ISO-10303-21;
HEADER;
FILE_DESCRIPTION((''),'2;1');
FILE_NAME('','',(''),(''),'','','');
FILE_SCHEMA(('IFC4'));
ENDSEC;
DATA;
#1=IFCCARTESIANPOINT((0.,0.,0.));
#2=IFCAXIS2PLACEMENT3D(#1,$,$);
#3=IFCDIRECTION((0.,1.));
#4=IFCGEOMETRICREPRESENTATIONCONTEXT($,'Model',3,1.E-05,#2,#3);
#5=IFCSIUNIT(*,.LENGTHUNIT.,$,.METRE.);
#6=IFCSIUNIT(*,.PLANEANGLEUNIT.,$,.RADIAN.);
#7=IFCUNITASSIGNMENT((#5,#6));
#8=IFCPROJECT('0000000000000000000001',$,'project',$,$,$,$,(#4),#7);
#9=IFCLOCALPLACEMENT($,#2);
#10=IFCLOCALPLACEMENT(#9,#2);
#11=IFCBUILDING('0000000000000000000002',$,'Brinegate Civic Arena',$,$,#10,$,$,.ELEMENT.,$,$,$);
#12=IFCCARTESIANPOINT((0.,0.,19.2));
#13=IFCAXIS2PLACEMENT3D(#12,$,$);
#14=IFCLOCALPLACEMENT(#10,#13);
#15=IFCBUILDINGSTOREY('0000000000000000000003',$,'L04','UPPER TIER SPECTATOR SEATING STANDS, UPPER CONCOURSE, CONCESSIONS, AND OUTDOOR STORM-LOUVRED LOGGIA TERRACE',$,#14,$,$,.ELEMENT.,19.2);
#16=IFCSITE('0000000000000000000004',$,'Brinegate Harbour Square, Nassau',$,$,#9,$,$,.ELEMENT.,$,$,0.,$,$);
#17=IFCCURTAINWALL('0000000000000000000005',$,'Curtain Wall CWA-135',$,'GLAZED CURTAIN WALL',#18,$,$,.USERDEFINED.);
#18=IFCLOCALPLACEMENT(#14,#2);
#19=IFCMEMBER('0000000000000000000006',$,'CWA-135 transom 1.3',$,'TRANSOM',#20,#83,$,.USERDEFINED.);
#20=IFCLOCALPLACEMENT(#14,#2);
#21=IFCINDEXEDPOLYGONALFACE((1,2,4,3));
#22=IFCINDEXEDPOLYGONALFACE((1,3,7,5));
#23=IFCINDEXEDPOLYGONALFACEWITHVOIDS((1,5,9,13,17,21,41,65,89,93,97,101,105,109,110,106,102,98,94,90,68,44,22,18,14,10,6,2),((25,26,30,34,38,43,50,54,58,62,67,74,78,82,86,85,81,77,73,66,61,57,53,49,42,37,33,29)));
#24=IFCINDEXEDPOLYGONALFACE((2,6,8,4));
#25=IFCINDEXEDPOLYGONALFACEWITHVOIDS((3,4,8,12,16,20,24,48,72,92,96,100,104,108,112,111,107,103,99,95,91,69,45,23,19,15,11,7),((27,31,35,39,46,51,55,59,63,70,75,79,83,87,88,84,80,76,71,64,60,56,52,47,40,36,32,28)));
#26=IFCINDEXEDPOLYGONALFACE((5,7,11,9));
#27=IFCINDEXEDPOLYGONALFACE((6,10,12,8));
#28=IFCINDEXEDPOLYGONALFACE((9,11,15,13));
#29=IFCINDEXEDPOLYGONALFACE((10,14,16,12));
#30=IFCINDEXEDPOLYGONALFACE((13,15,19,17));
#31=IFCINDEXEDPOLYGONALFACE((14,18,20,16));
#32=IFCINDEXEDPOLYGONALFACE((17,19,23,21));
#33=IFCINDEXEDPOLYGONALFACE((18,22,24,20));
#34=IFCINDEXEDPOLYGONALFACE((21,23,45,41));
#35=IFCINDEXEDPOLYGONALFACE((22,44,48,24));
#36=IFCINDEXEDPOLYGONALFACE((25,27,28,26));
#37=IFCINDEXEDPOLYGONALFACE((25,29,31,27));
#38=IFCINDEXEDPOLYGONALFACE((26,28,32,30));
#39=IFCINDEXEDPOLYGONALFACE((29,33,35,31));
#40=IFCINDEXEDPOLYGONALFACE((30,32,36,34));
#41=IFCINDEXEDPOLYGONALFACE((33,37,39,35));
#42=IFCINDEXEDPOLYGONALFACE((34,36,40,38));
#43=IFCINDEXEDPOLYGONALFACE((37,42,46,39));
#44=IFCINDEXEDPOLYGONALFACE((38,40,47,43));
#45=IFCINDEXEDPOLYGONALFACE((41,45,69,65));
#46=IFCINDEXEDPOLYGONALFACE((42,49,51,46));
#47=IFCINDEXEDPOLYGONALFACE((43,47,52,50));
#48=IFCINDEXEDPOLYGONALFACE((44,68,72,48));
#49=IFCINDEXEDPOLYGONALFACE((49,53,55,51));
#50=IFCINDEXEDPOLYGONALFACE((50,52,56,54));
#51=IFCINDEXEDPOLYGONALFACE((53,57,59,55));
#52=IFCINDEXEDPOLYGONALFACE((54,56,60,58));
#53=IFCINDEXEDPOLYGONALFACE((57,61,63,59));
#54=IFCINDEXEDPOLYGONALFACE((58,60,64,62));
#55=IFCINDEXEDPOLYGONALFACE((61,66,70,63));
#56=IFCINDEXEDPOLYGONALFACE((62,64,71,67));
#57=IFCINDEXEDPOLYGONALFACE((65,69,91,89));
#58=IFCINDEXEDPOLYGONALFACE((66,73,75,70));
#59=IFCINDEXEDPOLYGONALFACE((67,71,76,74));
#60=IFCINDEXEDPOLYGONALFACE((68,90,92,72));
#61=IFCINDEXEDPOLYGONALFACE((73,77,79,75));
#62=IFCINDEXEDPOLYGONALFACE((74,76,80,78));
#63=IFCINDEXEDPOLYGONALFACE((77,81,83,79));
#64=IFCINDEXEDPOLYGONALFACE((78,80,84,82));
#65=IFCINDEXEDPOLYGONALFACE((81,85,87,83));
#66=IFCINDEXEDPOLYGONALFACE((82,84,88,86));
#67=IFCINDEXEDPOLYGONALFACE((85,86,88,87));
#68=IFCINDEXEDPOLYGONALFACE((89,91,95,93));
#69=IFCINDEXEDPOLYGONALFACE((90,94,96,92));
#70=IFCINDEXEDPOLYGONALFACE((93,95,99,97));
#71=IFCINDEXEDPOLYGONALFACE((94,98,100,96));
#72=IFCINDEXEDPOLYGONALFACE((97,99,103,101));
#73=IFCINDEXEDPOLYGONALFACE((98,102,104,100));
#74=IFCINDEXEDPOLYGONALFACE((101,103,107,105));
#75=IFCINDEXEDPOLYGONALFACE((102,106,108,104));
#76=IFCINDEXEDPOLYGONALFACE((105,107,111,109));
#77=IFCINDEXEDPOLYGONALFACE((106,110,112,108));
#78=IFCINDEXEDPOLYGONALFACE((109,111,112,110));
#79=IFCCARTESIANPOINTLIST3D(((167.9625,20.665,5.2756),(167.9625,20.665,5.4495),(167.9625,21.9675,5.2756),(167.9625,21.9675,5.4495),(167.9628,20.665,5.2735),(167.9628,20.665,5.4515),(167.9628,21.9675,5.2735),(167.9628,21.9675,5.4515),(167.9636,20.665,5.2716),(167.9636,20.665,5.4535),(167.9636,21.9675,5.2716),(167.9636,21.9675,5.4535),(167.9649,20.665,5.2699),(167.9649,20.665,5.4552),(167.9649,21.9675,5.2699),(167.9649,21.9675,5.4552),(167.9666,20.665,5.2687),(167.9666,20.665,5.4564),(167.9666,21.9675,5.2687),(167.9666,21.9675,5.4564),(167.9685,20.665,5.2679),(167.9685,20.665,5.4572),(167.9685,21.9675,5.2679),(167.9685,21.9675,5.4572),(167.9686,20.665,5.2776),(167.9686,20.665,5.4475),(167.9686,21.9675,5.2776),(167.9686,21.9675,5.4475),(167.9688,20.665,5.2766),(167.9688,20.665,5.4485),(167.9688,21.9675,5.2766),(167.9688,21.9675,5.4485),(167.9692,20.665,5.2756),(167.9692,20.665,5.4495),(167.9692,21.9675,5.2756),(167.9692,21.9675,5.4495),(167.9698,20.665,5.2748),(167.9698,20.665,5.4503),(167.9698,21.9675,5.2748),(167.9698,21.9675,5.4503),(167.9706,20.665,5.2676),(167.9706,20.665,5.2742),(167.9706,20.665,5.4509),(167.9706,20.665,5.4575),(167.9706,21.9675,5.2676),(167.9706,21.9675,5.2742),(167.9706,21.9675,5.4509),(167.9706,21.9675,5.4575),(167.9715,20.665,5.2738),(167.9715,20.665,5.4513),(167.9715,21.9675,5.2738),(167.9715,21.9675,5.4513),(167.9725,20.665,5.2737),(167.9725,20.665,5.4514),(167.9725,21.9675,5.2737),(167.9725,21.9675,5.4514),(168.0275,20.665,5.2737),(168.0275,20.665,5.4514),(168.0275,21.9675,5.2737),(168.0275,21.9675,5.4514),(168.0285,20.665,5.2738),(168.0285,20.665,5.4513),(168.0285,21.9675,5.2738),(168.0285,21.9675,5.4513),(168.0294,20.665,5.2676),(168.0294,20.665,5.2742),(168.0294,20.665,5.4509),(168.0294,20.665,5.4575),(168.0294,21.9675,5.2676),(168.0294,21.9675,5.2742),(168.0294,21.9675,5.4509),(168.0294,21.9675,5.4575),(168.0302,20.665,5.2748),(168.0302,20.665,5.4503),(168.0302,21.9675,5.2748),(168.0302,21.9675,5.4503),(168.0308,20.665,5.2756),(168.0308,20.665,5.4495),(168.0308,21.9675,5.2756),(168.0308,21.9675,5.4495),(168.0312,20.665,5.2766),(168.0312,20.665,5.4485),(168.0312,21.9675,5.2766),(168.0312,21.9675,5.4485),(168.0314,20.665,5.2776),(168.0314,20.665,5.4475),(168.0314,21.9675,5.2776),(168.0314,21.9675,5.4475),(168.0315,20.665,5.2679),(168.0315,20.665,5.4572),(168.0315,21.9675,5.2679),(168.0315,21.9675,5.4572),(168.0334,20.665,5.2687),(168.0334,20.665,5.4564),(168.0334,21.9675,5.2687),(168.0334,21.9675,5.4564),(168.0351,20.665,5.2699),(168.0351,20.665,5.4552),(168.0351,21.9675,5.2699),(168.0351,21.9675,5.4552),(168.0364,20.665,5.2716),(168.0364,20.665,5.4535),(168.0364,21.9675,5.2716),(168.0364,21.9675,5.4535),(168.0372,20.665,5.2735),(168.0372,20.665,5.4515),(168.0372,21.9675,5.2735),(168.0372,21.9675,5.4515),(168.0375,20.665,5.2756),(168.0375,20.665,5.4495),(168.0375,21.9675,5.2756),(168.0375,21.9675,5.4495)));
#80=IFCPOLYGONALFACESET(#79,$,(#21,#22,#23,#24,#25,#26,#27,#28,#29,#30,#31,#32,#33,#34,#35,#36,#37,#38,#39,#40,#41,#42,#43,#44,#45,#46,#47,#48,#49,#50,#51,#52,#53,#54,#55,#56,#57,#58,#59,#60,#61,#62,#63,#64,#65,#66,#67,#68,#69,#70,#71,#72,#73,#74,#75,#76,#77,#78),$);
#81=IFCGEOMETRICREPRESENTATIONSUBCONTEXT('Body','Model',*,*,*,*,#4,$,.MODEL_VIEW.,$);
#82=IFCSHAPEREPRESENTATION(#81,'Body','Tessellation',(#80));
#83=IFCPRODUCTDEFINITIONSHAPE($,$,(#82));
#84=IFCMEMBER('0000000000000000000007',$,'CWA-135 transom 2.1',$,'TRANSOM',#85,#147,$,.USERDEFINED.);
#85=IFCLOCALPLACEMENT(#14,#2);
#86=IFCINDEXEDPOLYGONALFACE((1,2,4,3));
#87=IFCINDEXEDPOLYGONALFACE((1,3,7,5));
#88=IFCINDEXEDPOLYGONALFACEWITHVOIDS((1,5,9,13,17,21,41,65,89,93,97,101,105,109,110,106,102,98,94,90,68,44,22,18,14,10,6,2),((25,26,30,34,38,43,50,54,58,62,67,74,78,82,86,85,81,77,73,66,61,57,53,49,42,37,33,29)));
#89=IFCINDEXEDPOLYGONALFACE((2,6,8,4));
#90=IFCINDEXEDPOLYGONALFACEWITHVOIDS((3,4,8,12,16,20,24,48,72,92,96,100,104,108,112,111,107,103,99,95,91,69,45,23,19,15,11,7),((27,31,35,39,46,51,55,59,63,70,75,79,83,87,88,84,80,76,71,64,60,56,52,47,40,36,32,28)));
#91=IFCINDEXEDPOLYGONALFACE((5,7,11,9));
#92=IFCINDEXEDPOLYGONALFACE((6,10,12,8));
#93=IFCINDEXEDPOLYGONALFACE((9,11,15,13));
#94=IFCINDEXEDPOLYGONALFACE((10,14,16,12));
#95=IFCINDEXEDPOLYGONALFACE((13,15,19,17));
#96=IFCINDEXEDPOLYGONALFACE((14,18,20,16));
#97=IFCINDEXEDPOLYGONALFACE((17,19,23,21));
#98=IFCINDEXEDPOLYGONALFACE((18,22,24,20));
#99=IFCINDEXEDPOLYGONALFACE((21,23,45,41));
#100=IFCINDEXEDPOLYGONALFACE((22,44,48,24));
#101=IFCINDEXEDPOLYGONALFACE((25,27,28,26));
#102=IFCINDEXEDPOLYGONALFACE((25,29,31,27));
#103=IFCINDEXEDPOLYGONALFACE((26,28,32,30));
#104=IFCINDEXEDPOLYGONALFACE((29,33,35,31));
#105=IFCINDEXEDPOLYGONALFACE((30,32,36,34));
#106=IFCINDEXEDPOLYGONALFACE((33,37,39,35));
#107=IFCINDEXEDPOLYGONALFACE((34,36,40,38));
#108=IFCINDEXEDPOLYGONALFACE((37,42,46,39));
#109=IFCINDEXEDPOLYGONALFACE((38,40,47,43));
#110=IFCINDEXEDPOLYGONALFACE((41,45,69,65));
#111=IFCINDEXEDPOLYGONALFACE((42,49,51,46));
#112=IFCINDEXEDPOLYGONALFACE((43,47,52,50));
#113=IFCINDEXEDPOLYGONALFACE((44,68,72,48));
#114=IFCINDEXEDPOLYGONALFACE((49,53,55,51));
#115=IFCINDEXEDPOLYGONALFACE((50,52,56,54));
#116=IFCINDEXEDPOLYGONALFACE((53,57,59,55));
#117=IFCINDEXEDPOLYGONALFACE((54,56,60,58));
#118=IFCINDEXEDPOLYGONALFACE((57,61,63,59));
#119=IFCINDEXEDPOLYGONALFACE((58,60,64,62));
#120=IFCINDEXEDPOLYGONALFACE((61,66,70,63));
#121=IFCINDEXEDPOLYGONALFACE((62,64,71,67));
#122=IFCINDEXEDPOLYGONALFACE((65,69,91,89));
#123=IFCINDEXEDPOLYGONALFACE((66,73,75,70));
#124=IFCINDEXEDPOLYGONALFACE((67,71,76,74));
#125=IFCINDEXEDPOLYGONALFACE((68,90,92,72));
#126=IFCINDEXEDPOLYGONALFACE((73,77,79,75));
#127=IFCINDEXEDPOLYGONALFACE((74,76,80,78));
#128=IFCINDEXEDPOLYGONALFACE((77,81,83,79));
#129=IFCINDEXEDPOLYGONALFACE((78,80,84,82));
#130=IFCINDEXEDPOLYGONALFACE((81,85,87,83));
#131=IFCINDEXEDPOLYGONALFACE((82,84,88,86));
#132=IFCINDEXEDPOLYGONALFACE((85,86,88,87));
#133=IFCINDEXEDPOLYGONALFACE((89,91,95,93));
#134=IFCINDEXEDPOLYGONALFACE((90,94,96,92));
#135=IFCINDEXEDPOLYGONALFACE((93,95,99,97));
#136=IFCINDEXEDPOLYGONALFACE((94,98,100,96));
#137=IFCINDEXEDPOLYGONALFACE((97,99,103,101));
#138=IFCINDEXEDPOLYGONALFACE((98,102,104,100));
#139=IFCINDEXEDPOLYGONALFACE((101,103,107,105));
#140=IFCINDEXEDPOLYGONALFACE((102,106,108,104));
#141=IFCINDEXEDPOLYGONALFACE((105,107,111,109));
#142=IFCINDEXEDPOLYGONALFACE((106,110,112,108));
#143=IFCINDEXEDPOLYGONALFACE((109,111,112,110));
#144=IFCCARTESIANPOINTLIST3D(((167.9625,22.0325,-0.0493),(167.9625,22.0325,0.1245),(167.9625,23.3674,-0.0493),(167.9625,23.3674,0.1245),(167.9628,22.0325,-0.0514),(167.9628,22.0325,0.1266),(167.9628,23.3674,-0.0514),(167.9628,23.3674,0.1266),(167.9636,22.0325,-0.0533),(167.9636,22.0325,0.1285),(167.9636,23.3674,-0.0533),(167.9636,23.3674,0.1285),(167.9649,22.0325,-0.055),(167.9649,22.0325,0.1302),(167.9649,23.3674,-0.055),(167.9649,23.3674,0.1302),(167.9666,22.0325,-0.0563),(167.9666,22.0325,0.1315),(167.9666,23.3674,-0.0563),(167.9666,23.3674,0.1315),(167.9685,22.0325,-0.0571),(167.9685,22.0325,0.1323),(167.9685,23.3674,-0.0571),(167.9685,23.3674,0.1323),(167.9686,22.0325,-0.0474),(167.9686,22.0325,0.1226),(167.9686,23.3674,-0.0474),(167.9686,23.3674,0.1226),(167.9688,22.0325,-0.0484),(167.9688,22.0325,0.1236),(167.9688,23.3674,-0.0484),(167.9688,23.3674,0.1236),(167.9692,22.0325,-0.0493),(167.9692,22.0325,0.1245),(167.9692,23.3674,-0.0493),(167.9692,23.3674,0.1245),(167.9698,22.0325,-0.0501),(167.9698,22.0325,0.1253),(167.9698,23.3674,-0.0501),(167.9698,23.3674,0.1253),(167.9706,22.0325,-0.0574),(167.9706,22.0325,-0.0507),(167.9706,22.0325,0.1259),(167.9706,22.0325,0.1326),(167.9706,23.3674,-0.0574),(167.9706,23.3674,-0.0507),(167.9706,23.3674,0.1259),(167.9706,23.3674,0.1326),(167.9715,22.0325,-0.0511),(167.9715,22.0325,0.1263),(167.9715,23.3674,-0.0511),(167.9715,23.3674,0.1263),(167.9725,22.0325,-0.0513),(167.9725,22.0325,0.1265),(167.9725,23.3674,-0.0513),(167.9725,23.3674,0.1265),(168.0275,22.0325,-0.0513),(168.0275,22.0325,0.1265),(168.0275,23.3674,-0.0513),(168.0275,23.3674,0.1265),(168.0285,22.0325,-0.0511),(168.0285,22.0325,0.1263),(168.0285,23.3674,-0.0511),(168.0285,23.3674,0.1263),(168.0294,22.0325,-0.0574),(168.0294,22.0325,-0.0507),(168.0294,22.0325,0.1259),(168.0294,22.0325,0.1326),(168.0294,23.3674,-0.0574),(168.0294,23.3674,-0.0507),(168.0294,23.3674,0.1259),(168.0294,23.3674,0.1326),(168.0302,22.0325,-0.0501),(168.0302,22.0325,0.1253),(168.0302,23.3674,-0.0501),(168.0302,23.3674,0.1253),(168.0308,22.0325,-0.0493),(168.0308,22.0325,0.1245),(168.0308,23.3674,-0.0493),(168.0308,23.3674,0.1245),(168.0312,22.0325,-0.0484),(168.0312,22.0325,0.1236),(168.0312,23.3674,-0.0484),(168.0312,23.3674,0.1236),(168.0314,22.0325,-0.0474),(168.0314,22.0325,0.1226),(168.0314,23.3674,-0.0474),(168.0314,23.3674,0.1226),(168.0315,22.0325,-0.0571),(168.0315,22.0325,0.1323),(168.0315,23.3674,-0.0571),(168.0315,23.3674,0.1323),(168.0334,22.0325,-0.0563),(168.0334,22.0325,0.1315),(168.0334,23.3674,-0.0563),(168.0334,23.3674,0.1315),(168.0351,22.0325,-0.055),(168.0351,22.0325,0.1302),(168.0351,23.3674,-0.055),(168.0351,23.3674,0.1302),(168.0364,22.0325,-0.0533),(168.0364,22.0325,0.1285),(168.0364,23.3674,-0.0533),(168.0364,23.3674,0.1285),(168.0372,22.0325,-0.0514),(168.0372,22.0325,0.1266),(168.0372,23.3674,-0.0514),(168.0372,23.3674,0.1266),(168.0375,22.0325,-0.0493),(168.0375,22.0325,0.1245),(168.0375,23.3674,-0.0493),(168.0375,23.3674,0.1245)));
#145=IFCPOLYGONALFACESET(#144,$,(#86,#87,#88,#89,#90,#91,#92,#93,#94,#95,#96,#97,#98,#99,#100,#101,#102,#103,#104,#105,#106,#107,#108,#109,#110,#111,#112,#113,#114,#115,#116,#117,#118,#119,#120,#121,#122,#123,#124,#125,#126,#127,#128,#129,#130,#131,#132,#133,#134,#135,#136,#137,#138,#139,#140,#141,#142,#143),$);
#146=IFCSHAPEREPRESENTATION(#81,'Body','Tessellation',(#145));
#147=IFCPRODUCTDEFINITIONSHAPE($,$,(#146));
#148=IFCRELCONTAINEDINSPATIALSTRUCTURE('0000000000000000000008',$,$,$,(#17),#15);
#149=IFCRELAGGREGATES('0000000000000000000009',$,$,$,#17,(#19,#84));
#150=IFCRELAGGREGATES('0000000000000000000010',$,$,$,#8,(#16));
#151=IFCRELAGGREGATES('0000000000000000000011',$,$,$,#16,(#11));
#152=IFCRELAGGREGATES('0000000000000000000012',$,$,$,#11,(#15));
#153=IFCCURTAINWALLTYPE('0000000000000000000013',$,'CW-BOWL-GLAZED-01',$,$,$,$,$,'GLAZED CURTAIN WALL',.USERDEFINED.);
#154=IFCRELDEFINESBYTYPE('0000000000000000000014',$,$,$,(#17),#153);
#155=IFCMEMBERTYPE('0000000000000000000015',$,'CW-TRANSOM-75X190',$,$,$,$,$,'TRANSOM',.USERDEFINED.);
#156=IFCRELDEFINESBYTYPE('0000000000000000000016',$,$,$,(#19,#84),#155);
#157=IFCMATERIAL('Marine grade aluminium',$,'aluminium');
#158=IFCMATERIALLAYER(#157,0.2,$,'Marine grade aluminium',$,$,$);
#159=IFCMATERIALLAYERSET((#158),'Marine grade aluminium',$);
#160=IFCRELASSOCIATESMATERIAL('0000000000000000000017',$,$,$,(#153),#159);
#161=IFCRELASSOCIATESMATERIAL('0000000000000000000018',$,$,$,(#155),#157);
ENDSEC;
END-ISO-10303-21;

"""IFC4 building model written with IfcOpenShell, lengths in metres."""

from ifc_helpers import new_model, si_unit, direction, frame, origin, origin_2d, place, context, subcontext, project, spatial, hollow_rectangle, extrude, material, layer, layer_set, material_profile, profile_set, type_object, element, aggregate, save


model = new_model("IFC4")

# Units and contexts
model_context = context("Model", 3, precision=1e-05, world=origin(), true_north=direction((0.0, 1.0)))
body_context = subcontext(model_context, "Body", "Model", "MODEL_VIEW")
ifc_project = project(units=[si_unit("LENGTHUNIT", "METRE"), si_unit("PLANEANGLEUNIT", "RADIAN")], contexts=[model_context])

# Site, building, storey
site_placement = place(None, origin())
site = spatial("IfcSite", under=ifc_project, at=site_placement, Name="Brinegate Harbour Square, Nassau", CompositionType="ELEMENT", RefElevation=0.0)
building_placement = place(site_placement, origin())
building = spatial("IfcBuilding", under=site, at=building_placement, Name="Brinegate Civic Arena", CompositionType="ELEMENT")
storey_placement = place(building_placement, frame((0.0, 0.0, 19.2)))
storey = spatial("IfcBuildingStorey", under=building, at=storey_placement, Name="L04", Description="UPPER TIER SPECTATOR SEATING STANDS, UPPER CONCOURSE, CONCESSIONS, AND OUTDOOR STORM-LOUVRED LOGGIA TERRACE", CompositionType="ELEMENT", Elevation=19.2)

# Curtain wall, members
ifc_material_1 = material(Name="Marine grade aluminium", Category="aluminium")
ifc_layer_1 = layer(ifc_material_1, 0.2, Name="Marine grade aluminium")
ifc_layer_set_1 = layer_set([ifc_layer_1], Name="Marine grade aluminium")
curtain_wall_type = type_object("IfcCurtainWallType", Name="CW-BOWL-GLAZED-01", ElementType="GLAZED CURTAIN WALL", PredefinedType="USERDEFINED", material=ifc_layer_set_1)
curtain_wall_placement = place(storey_placement, origin())
curtain_wall = element("IfcCurtainWall", 1, at=curtain_wall_placement, inside=storey, type_object=curtain_wall_type, Name="Curtain Wall CWA-135", ObjectType="GLAZED CURTAIN WALL", PredefinedType="USERDEFINED")
ifc_material_profile_1 = material_profile(ifc_material_1, hollow_rectangle(XDim=0.075, YDim=0.1899, WallThickness=0.0061, InnerFilletRadius=0.0039, OuterFilletRadius=0.0081, at=origin_2d()), Name="TRN75X190")
ifc_profile_set_1 = profile_set([ifc_material_profile_1], Name="Marine grade aluminium")
member_type_1 = type_object("IfcMemberType", Name="CW-TRANSOM-75X190", ElementType="TRANSOM", PredefinedType="USERDEFINED", material=ifc_profile_set_1)
member_1_placement = place(storey_placement, frame((168.0, 20.665, 5.3625), z_axis=(0.0, 1.0, 0.0), x_axis=(-1.0, 0.0, 0.0)))
member_1 = element("IfcMember", 2, at=member_1_placement, type_object=member_type_1, Name="CWA-135 transom 1.3", ObjectType="TRANSOM", PredefinedType="USERDEFINED", context=body_context, shape_type="SweptSolid", body=[
    extrude(hollow_rectangle(XDim=0.075, YDim=0.1899, WallThickness=0.0061, InnerFilletRadius=0.0039, OuterFilletRadius=0.0081, at=origin_2d()), origin(), (0.0, 0.0, 1.0), 1.3025),
])
member_2_placement = place(storey_placement, frame((168.0, 22.0325, 0.0376), z_axis=(0.0, 1.0, 0.0), x_axis=(-1.0, 0.0, 0.0)))
member_2 = element("IfcMember", 3, at=member_2_placement, type_object=member_type_1, Name="CWA-135 transom 2.1", ObjectType="TRANSOM", PredefinedType="USERDEFINED", context=body_context, shape_type="SweptSolid", body=[
    extrude(hollow_rectangle(XDim=0.075, YDim=0.1899, WallThickness=0.0061, InnerFilletRadius=0.0039, OuterFilletRadius=0.0081, at=origin_2d()), origin(), (0.0, 0.0, 1.0), 1.335),
])

aggregate(curtain_wall, [member_1, member_2])

save(model, "model.ifc")
